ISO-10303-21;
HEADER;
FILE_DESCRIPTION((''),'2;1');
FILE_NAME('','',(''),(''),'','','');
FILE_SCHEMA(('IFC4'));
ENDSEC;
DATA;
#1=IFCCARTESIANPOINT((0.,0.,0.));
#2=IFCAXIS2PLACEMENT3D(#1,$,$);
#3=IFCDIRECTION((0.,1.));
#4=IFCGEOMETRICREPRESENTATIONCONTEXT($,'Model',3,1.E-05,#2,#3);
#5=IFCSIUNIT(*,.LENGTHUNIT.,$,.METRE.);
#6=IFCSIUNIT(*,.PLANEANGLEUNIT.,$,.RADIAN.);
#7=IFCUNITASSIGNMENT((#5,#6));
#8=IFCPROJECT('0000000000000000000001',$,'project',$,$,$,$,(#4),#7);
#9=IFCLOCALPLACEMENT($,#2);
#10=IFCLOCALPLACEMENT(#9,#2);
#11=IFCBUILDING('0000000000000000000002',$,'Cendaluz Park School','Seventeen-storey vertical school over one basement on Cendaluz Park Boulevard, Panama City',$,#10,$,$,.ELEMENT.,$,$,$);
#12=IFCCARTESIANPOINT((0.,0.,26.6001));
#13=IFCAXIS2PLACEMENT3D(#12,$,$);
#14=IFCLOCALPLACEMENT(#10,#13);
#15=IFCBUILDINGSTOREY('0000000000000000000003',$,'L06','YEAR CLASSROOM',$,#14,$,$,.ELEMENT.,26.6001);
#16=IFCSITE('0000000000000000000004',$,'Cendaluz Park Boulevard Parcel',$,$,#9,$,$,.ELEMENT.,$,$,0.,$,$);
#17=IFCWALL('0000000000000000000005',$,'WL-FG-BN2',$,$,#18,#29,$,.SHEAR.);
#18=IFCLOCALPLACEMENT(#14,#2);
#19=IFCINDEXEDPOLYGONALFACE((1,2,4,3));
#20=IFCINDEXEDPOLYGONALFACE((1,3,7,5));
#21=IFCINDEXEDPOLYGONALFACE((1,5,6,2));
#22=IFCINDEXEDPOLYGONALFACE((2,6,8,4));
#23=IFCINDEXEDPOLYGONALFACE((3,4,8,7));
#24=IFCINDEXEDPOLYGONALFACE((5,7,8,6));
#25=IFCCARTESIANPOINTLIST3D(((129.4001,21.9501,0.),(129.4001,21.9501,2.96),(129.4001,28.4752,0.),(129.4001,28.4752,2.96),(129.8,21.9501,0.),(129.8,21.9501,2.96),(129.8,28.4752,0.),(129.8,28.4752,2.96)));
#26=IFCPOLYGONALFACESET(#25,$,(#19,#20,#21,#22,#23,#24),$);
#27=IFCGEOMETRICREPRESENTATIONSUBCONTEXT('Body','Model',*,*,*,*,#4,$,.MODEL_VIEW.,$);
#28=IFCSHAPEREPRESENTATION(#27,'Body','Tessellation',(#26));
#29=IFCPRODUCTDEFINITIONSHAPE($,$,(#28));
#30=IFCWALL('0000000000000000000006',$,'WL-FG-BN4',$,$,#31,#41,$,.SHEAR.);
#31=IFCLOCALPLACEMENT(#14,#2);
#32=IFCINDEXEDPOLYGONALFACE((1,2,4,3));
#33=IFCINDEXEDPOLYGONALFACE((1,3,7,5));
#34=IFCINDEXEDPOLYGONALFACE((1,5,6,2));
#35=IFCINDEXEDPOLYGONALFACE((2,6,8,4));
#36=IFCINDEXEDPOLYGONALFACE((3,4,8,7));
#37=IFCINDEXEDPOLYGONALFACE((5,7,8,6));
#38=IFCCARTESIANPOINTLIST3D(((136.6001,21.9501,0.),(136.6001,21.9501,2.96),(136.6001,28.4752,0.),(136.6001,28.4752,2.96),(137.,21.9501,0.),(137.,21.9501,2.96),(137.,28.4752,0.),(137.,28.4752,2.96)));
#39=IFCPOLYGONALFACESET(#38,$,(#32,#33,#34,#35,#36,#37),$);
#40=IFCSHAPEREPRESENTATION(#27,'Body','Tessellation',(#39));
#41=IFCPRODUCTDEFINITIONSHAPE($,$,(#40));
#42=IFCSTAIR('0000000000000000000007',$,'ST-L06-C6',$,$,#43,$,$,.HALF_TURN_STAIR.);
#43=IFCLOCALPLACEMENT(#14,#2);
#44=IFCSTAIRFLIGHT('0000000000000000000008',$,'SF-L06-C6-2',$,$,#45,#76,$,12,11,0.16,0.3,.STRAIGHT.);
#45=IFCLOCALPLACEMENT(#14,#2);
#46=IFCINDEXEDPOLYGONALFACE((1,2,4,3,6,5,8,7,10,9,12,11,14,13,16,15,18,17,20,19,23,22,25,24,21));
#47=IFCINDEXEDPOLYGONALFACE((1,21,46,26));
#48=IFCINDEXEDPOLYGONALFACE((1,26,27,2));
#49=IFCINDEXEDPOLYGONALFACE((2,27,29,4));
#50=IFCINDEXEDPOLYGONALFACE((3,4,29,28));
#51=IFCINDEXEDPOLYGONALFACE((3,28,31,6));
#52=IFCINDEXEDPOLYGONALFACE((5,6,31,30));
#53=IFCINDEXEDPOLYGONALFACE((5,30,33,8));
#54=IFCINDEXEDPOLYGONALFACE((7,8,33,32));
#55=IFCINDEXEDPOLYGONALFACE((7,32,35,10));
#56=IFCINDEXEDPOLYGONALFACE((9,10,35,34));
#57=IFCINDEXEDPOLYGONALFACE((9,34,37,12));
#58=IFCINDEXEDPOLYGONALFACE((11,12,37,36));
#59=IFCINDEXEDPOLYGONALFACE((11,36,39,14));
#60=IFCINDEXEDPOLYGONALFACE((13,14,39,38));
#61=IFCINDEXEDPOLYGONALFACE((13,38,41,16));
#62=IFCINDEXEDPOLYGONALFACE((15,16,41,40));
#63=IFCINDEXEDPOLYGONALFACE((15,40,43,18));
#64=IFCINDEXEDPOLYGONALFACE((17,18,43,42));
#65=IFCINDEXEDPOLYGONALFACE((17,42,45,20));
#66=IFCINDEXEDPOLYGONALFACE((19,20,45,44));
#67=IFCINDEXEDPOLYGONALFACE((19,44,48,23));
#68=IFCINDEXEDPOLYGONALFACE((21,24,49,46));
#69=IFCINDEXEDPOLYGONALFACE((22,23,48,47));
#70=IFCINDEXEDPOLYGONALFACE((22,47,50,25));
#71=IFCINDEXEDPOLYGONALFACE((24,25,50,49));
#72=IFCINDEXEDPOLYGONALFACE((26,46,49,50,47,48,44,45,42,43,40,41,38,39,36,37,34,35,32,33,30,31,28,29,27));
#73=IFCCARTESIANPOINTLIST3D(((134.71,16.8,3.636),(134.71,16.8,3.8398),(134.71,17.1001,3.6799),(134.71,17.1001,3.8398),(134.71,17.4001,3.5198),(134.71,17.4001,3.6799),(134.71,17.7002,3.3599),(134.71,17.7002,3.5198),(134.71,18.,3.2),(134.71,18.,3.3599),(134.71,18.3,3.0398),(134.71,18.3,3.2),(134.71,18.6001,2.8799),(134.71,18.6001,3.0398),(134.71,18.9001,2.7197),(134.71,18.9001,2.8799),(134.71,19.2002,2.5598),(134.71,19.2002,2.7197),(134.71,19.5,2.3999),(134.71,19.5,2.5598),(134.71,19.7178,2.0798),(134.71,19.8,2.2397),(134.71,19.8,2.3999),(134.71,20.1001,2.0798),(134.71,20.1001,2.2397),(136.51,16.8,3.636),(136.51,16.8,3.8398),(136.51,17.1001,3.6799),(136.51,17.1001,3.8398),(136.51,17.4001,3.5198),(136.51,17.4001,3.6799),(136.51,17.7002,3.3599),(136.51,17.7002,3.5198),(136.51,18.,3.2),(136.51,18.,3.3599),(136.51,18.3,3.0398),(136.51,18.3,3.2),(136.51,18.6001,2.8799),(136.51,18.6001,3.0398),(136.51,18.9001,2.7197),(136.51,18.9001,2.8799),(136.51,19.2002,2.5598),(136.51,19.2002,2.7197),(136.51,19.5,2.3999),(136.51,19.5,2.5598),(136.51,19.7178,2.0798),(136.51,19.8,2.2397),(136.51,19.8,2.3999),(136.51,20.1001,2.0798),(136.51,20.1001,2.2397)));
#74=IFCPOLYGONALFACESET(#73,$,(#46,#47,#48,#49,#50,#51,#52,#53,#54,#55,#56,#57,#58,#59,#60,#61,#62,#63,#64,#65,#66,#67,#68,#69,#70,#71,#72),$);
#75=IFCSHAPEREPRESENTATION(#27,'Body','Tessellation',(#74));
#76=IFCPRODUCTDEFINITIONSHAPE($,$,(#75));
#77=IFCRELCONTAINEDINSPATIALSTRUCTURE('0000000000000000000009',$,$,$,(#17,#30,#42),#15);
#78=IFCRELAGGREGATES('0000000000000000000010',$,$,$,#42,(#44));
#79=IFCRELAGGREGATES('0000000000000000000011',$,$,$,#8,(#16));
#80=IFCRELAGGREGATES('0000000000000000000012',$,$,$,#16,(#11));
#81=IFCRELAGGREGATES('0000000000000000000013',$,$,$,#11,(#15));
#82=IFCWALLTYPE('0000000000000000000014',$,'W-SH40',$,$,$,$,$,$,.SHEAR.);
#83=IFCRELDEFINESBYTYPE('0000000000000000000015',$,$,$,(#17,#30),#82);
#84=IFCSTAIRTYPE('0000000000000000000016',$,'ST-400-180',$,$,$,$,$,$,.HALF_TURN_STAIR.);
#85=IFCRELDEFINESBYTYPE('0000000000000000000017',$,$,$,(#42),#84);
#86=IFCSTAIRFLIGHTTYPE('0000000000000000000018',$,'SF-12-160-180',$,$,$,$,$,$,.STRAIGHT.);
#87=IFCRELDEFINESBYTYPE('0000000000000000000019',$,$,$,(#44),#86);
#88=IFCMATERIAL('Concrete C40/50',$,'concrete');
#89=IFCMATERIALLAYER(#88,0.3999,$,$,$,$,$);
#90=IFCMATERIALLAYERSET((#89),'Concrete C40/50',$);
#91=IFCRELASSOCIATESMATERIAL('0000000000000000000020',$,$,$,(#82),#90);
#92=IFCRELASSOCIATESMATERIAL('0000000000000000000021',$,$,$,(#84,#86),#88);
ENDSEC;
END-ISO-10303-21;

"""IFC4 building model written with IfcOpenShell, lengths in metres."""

from ifc_helpers import new_model, si_unit, direction, frame, frame_2d, origin, place, context, subcontext, project, spatial, polyline, rectangle, outline, extrude, material, layer, layer_set, type_object, element, aggregate, save


model = new_model("IFC4")

# Units and contexts
model_context = context("Model", 3, precision=1e-05, world=origin(), true_north=direction((0.0, 1.0)))
body_context = subcontext(model_context, "Body", "Model", "MODEL_VIEW")
ifc_project = project(units=[si_unit("LENGTHUNIT", "METRE"), si_unit("PLANEANGLEUNIT", "RADIAN")], contexts=[model_context])

# Site, building, storey
site_placement = place(None, origin())
site = spatial("IfcSite", under=ifc_project, at=site_placement, Name="Cendaluz Park Boulevard Parcel", CompositionType="ELEMENT", RefElevation=0.0)
building_placement = place(site_placement, origin())
building = spatial("IfcBuilding", under=site, at=building_placement, Name="Cendaluz Park School", Description="Seventeen-storey vertical school over one basement on Cendaluz Park Boulevard, Panama City", CompositionType="ELEMENT")
storey_placement = place(building_placement, frame((0.0, 0.0, 26.6001)))
storey = spatial("IfcBuildingStorey", under=building, at=storey_placement, Name="L06", Description="YEAR CLASSROOM", CompositionType="ELEMENT", Elevation=26.6001)

# Shared definitions
ifc_material_1 = material(Name="Concrete C40/50", Category="concrete")

# Walls
ifc_layer_1 = layer(ifc_material_1, 0.3999)
ifc_layer_set_1 = layer_set([ifc_layer_1], Name="Concrete C40/50")
wall_type_1 = type_object("IfcWallType", Name="W-SH40", PredefinedType="SHEAR", material=ifc_layer_set_1)
for number, where, z_axis, x_axis, name in (
    (1, (129.6001, 21.95, 0.0), (0.0, 0.0, 1.0), (0.0, 1.0, 0.0), "WL-FG-BN2"),
    (2, (136.8, 21.95, 0.0), (0.0, 0.0, 1.0), (0.0, 1.0, 0.0), "WL-FG-BN4"),
):
    element("IfcWall", number, at=place(storey_placement, frame(where, z_axis=z_axis, x_axis=x_axis)), inside=storey, type_object=wall_type_1, Name=name, PredefinedType="SHEAR", context=body_context, shape_type="SweptSolid", body=[
        extrude(rectangle(XDim=6.5251, YDim=0.3999, at=frame_2d((3.2627, 0.0))), origin(), (0.0, 0.0, 1.0), 2.96),
    ])

# Stair, stair flight
stair_type = type_object("IfcStairType", Name="ST-400-180", PredefinedType="HALF_TURN_STAIR", material=ifc_material_1)
stair_placement = place(storey_placement, origin())
stair = element("IfcStair", 3, at=stair_placement, inside=storey, type_object=stair_type, Name="ST-L06-C6", PredefinedType="HALF_TURN_STAIR")
stair_flight_type = type_object("IfcStairFlightType", Name="SF-12-160-180", PredefinedType="STRAIGHT", material=ifc_material_1)
stair_flight_placement = place(storey_placement, frame((135.6101, 20.1001, 2.0798), z_axis=(0.0, 0.0, 1.0), x_axis=(0.0, -1.0, 0.0)))
stair_flight = element("IfcStairFlight", 4, at=stair_flight_placement, type_object=stair_flight_type, Name="SF-L06-C6-2", NumberOfRisers=12, NumberOfTreads=11, PredefinedType="STRAIGHT", RiserHeight=0.16, TreadLength=0.3, context=body_context, shape_type="SweptSolid", body=[
    extrude(outline(polyline([(0.0, 0.0), (0.0, 0.1599), (0.3, 0.1599), (0.3, 0.3201), (0.6001, 0.3201), (0.6001, 0.48), (0.8999, 0.48), (0.8999, 0.6399), (1.2, 0.6399), (1.2, 0.8), (1.5, 0.8), (1.5, 0.96), (1.8, 0.96), (1.8, 1.1201), (2.1001, 1.1201), (2.1001, 1.28), (2.3999, 1.28), (2.3999, 1.4399), (2.7, 1.4399), (2.7, 1.6001), (3.0, 1.6001), (3.0, 1.76), (3.3, 1.76), (3.3, 1.9199), (3.3, 1.5562), (0.3823, 0.0), (0.0, 0.0)])), frame((0.0, 0.8999, 0.0), z_axis=(0.0, -1.0, 0.0), x_axis=(1.0, 0.0, 0.0)), (0.0, 0.0, 1.0), 1.8),
])
aggregate(stair, [stair_flight])

save(model, "model.ifc")
